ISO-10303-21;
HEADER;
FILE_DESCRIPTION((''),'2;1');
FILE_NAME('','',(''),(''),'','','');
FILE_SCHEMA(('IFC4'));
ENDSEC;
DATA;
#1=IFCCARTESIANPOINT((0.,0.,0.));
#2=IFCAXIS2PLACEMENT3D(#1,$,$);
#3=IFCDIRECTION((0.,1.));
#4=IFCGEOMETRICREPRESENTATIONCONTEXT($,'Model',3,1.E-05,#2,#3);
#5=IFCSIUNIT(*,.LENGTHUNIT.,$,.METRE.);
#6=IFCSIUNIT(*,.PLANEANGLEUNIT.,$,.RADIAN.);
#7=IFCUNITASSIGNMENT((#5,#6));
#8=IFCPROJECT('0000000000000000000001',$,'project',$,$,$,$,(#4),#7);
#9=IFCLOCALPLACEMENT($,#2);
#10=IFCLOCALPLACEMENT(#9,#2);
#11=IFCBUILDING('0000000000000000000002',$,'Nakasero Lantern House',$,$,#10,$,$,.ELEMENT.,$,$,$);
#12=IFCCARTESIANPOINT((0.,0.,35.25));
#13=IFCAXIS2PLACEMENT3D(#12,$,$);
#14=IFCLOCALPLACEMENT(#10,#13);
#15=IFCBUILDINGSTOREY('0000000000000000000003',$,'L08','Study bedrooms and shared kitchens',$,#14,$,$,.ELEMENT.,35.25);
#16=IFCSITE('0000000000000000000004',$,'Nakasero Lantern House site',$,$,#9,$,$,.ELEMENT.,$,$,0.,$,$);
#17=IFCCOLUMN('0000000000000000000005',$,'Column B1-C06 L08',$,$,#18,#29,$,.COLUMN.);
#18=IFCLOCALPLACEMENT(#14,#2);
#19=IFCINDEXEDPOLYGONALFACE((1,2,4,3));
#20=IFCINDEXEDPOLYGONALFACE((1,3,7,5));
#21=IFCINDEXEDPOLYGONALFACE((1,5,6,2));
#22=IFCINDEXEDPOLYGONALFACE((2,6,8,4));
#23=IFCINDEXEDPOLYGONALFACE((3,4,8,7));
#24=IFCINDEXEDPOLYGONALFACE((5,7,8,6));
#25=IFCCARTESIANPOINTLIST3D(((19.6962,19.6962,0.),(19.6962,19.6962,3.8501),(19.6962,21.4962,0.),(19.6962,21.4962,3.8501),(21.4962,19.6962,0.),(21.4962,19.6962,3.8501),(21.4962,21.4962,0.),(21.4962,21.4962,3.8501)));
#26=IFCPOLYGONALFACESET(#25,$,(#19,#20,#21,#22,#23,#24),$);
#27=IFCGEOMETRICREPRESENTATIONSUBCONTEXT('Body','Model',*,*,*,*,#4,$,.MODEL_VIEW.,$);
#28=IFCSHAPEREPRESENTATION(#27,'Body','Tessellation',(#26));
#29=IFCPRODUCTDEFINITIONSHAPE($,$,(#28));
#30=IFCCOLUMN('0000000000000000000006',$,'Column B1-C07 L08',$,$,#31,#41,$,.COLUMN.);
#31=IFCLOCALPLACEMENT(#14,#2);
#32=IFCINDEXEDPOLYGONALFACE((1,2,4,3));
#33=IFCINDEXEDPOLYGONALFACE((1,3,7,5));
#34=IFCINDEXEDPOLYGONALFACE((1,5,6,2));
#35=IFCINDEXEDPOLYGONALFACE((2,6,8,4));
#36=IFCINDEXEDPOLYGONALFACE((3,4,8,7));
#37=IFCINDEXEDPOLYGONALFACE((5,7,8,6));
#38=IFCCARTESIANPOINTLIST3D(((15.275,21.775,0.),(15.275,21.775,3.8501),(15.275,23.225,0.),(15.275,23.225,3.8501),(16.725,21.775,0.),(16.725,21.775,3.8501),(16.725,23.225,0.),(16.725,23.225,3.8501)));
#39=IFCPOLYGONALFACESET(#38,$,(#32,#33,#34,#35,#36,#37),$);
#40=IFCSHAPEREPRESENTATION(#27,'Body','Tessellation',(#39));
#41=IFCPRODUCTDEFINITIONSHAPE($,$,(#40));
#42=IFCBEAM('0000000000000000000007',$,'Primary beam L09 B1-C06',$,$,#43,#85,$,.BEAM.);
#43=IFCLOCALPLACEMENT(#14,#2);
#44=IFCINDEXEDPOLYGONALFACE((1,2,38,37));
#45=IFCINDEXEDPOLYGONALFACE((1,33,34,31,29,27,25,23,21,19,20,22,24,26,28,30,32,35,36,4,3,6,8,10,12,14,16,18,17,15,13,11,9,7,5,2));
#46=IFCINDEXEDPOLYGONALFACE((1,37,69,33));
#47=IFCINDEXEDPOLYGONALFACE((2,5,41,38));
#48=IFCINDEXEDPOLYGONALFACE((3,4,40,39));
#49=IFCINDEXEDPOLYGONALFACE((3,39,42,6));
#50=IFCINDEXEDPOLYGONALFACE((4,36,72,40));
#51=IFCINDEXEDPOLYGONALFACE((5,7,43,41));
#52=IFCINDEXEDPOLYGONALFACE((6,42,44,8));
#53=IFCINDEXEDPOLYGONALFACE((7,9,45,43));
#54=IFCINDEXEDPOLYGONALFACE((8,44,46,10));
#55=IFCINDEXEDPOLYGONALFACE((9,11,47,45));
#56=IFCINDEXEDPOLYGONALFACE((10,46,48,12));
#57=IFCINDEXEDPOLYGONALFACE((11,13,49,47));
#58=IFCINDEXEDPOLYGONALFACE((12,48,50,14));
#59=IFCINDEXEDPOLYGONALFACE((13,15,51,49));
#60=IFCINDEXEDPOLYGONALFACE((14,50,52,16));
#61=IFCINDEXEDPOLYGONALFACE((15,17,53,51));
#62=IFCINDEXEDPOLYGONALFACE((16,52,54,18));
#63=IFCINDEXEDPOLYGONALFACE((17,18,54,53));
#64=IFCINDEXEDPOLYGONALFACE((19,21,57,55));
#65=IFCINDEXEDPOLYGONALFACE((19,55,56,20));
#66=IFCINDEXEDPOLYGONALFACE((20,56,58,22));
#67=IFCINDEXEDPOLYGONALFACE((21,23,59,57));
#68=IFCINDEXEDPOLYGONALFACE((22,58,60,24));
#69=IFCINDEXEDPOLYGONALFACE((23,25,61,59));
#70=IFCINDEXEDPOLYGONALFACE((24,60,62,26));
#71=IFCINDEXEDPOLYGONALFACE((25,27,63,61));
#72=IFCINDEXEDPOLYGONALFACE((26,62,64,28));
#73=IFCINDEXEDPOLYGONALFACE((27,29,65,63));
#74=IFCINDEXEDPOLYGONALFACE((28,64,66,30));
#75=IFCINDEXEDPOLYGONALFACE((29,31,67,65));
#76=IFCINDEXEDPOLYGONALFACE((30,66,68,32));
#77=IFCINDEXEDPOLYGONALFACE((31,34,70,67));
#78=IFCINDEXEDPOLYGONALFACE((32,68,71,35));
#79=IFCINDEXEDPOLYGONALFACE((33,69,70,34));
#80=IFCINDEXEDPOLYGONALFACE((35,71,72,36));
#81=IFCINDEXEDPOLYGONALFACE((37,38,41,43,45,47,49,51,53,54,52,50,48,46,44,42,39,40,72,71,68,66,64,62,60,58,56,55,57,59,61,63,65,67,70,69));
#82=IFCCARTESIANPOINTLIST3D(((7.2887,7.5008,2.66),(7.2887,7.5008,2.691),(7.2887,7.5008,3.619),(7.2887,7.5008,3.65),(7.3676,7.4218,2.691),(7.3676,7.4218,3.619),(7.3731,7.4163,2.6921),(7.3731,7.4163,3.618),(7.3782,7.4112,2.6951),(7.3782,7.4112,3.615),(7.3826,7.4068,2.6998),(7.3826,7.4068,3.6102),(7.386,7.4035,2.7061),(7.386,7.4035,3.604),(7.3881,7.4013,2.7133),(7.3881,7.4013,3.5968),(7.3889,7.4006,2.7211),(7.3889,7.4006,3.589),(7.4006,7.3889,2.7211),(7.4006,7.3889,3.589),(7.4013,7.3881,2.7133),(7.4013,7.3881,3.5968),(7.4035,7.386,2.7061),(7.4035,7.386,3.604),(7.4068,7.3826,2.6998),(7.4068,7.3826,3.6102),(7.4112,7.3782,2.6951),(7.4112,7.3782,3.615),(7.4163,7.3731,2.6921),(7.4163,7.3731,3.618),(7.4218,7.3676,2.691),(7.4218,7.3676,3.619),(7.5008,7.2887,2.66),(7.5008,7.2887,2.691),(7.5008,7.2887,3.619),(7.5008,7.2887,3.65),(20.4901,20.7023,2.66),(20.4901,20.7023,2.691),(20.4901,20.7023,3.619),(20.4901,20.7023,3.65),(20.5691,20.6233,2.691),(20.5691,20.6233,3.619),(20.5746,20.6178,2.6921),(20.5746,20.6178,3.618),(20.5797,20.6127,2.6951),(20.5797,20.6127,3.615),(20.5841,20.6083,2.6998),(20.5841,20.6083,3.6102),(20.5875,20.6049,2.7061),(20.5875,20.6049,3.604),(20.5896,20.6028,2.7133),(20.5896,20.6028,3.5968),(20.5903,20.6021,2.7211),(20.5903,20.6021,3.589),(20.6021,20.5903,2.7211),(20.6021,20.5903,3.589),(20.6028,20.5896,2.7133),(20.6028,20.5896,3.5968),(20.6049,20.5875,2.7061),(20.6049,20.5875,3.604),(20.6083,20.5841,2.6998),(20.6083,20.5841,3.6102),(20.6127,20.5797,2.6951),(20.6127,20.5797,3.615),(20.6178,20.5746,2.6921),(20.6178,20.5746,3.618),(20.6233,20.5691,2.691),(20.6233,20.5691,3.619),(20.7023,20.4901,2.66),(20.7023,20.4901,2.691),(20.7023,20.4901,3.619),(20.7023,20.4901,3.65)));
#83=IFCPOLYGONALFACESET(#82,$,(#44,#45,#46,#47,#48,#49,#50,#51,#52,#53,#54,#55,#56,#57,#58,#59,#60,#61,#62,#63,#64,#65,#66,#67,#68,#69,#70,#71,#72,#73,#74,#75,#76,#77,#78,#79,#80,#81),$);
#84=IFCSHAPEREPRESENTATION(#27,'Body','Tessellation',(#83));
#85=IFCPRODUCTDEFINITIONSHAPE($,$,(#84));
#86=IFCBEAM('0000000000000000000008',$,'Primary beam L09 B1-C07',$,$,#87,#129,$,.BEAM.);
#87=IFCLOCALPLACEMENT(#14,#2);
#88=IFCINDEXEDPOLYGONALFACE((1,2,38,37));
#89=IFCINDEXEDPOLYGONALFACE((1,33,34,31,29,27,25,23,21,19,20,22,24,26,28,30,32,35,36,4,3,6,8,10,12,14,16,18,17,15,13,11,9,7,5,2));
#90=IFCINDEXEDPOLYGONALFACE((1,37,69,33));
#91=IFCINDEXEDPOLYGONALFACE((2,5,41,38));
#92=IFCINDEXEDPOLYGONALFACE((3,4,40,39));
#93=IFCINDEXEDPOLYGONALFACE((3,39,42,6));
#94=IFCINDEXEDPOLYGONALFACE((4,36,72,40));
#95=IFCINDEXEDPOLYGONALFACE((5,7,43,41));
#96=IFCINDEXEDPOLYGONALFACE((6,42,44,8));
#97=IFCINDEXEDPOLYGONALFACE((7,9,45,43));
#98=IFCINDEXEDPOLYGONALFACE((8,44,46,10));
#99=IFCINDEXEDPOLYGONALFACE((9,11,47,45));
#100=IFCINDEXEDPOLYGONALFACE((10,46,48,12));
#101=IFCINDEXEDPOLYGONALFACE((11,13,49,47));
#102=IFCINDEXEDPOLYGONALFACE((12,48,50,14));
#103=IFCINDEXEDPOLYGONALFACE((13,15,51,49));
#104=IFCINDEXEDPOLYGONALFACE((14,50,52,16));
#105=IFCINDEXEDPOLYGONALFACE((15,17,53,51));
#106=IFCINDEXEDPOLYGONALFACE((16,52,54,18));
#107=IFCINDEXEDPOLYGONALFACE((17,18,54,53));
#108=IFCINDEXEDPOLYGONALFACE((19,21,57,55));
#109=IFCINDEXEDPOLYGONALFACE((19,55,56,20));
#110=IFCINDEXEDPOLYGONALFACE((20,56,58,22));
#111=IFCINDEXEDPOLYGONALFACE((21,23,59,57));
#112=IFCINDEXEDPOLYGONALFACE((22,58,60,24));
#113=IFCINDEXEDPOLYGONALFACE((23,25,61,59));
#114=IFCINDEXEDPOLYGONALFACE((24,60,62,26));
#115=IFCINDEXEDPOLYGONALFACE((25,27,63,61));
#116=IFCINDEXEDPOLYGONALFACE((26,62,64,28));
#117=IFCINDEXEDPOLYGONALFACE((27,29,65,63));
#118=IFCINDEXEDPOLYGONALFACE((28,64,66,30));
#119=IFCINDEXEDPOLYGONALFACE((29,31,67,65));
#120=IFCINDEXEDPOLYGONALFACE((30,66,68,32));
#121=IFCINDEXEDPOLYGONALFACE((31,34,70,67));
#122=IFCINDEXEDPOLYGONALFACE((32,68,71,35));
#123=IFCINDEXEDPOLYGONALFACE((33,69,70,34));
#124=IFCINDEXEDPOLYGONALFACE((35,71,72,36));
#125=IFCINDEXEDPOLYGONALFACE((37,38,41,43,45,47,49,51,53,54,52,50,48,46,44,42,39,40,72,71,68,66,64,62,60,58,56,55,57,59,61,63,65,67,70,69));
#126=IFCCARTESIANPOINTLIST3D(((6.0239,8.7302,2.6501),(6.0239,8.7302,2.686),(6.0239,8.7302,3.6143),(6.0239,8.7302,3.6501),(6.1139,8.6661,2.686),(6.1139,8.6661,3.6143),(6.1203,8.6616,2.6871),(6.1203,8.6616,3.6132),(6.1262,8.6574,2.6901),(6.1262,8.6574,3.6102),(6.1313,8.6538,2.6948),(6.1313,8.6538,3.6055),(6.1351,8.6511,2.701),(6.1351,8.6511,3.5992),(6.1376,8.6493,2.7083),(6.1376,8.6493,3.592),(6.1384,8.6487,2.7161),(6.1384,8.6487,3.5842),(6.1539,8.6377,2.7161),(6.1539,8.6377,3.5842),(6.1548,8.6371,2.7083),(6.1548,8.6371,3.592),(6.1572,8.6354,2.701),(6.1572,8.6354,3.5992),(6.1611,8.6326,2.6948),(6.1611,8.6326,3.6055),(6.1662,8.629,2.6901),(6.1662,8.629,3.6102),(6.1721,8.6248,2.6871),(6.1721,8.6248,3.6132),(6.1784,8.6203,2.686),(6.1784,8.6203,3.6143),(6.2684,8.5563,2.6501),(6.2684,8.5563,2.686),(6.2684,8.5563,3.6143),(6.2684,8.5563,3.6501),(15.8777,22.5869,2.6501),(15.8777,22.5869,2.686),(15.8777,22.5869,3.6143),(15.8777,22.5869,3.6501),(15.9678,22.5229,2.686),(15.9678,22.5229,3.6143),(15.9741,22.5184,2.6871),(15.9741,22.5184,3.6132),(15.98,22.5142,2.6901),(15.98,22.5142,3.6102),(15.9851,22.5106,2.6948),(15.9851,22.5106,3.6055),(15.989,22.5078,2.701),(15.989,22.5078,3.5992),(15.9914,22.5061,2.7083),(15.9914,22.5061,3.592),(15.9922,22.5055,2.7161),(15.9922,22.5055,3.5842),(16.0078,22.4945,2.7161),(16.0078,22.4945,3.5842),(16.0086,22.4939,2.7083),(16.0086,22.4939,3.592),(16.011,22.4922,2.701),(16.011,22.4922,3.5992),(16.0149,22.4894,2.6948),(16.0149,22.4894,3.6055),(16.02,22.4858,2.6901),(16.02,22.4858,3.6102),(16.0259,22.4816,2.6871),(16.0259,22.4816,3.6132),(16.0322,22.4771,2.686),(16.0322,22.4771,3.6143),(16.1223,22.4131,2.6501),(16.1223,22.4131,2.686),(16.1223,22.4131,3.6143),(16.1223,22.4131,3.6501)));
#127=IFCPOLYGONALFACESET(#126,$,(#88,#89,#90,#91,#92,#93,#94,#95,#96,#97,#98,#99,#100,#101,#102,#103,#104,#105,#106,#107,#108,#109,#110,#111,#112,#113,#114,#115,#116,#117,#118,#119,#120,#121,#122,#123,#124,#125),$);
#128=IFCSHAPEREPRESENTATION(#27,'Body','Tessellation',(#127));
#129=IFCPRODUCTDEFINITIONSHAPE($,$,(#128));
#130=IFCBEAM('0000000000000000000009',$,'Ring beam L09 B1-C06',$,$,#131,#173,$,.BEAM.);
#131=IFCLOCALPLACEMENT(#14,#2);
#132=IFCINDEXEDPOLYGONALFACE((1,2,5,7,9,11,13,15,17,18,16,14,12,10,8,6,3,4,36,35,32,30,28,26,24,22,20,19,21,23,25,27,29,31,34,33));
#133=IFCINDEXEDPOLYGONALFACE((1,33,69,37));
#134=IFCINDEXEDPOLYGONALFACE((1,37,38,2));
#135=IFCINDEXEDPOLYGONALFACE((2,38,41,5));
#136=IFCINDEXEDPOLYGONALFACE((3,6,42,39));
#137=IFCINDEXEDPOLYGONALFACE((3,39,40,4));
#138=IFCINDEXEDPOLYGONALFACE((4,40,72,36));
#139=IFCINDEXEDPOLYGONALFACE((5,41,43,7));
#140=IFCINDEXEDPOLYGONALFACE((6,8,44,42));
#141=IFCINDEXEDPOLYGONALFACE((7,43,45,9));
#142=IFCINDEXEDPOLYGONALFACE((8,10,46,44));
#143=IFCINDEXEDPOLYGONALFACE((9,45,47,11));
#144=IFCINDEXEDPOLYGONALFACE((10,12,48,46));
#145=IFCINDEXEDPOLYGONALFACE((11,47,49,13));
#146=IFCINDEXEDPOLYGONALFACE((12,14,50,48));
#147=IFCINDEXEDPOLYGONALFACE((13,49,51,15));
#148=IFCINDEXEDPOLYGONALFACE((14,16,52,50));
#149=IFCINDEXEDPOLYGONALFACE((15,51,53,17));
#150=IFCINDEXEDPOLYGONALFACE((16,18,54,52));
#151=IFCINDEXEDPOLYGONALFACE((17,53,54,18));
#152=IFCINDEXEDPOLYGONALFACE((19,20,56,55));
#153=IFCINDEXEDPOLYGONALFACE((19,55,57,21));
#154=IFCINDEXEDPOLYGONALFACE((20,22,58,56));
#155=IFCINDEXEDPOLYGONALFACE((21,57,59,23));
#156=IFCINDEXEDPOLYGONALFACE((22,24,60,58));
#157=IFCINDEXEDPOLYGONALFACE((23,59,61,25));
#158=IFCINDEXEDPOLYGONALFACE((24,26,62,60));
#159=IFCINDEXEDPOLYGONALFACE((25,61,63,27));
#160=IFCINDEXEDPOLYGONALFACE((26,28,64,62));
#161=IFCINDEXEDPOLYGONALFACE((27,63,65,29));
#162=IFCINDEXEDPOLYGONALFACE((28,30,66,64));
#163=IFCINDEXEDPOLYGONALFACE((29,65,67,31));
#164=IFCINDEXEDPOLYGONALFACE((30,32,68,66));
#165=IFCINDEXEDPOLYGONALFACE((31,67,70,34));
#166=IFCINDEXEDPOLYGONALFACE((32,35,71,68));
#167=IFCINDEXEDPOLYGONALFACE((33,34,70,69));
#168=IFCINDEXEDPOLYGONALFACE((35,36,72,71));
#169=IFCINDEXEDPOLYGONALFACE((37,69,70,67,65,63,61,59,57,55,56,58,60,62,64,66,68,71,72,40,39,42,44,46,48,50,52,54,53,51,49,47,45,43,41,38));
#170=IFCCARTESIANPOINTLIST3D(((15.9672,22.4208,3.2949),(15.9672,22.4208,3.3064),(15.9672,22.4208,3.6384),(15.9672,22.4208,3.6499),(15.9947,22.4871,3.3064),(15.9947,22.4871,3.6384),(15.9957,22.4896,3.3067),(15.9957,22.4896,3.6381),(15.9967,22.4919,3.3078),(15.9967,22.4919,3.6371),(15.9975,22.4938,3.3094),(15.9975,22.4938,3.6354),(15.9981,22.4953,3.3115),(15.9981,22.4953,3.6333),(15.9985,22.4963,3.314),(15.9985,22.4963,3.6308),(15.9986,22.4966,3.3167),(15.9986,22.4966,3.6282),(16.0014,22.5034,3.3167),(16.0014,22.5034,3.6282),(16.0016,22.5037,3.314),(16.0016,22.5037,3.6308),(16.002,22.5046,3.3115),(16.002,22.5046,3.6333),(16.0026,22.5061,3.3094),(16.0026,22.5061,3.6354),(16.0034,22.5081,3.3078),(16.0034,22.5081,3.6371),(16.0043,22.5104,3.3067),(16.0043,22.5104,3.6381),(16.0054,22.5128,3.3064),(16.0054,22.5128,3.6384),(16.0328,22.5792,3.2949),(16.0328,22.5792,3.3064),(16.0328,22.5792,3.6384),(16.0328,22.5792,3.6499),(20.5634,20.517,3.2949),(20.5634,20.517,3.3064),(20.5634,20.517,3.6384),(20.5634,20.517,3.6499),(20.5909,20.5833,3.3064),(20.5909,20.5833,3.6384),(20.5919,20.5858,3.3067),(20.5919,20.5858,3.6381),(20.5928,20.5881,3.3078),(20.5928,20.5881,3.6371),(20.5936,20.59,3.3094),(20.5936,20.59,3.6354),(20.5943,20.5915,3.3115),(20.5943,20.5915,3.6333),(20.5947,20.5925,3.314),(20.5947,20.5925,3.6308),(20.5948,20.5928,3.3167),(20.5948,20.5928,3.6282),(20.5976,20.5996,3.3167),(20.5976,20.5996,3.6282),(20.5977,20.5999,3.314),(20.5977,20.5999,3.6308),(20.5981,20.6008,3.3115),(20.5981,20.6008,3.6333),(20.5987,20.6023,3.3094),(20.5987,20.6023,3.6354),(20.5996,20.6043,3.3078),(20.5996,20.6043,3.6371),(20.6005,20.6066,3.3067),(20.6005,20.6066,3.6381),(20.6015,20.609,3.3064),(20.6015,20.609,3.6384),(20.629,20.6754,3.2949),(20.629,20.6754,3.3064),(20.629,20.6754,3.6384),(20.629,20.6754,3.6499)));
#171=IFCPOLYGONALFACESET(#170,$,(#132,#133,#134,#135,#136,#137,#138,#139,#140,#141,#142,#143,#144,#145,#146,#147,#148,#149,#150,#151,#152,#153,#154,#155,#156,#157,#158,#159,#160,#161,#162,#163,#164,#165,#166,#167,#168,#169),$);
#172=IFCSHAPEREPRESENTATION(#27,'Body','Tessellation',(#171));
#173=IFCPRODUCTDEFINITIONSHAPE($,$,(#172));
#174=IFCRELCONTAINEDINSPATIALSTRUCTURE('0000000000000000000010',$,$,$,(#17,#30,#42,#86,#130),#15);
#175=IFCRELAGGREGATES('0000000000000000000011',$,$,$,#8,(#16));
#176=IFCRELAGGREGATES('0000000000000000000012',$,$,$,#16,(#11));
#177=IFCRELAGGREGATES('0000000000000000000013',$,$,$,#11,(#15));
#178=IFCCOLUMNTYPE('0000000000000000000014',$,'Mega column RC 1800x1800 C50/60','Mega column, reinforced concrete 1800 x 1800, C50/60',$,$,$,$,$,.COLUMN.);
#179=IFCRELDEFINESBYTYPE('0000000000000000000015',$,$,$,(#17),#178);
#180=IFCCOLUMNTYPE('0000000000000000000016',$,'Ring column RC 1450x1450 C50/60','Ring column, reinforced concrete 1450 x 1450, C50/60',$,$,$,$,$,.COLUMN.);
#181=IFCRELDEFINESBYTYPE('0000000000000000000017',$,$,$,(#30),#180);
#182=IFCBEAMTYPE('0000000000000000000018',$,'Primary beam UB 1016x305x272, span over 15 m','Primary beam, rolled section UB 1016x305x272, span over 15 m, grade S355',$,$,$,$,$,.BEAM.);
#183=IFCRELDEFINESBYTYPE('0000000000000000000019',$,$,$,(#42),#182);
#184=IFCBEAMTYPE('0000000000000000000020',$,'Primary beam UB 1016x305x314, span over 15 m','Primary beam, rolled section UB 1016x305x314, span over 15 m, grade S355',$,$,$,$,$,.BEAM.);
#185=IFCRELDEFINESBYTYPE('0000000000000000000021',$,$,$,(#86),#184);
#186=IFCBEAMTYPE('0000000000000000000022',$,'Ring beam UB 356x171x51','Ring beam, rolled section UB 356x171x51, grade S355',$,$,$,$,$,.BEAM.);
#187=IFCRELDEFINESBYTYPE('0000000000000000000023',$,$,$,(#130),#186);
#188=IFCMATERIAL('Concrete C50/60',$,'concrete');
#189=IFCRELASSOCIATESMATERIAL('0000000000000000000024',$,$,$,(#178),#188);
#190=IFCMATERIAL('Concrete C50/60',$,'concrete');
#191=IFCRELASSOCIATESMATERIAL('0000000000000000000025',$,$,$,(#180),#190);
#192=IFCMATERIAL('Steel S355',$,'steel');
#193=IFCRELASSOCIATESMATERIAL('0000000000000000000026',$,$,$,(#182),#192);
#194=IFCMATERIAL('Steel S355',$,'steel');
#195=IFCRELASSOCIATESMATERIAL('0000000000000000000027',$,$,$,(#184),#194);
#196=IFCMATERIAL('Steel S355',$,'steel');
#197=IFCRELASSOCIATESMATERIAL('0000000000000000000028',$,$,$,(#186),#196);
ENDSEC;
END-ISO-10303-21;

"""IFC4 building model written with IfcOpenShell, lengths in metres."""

from ifc_helpers import new_model, si_unit, direction, frame, origin, origin_2d, place, context, subcontext, project, spatial, rectangle, i_section, extrude, material, material_profile, profile_set, type_object, element, save


model = new_model("IFC4")

# Units and contexts
model_context = context("Model", 3, precision=1e-05, world=origin(), true_north=direction((0.0, 1.0)))
body_context = subcontext(model_context, "Body", "Model", "MODEL_VIEW")
ifc_project = project(units=[si_unit("LENGTHUNIT", "METRE"), si_unit("PLANEANGLEUNIT", "RADIAN")], contexts=[model_context])

# Site, building, storey
site_placement = place(None, origin())
site = spatial("IfcSite", under=ifc_project, at=site_placement, Name="Nakasero Lantern House site", CompositionType="ELEMENT", RefElevation=0.0)
building_placement = place(site_placement, origin())
building = spatial("IfcBuilding", under=site, at=building_placement, Name="Nakasero Lantern House", CompositionType="ELEMENT")
storey_placement = place(building_placement, frame((0.0, 0.0, 35.25)))
storey = spatial("IfcBuildingStorey", under=building, at=storey_placement, Name="L08", Description="Study bedrooms and shared kitchens", CompositionType="ELEMENT", Elevation=35.25)

# Columns
ifc_material_1 = material(Name="Concrete C50/60", Category="concrete")
ifc_material_profile_1 = material_profile(ifc_material_1, rectangle(XDim=1.8, YDim=1.8, at=origin_2d()), Name="RC 1800x1800")
ifc_profile_set_1 = profile_set([ifc_material_profile_1], Name="Concrete C50/60")
column_type_1 = type_object("IfcColumnType", Name="Mega column RC 1800x1800 C50/60", Description="Mega column, reinforced concrete 1800 x 1800, C50/60", PredefinedType="COLUMN", material=ifc_profile_set_1)
column_1_placement = place(storey_placement, frame((20.5962, 20.5962, 0.0), z_axis=(0.0, 0.0, 1.0), x_axis=(1.0, 0.0, 0.0)))
element("IfcColumn", 1, at=column_1_placement, inside=storey, type_object=column_type_1, Name="Column B1-C06 L08", PredefinedType="COLUMN", context=body_context, shape_type="SweptSolid", body=[
    extrude(rectangle(XDim=1.8, YDim=1.8, at=origin_2d()), origin(), (0.0, 0.0, 1.0), 3.8501),
])
ifc_material_2 = material(Name="Concrete C50/60", Category="concrete")
ifc_material_profile_2 = material_profile(ifc_material_2, rectangle(XDim=1.45, YDim=1.45, at=origin_2d()), Name="RC 1450x1450")
ifc_profile_set_2 = profile_set([ifc_material_profile_2], Name="Concrete C50/60")
column_type_2 = type_object("IfcColumnType", Name="Ring column RC 1450x1450 C50/60", Description="Ring column, reinforced concrete 1450 x 1450, C50/60", PredefinedType="COLUMN", material=ifc_profile_set_2)
column_2_placement = place(storey_placement, frame((16.0, 22.5, 0.0), z_axis=(0.0, 0.0, 1.0), x_axis=(1.0, 0.0, 0.0)))
element("IfcColumn", 2, at=column_2_placement, inside=storey, type_object=column_type_2, Name="Column B1-C07 L08", PredefinedType="COLUMN", context=body_context, shape_type="SweptSolid", body=[
    extrude(rectangle(XDim=1.45, YDim=1.45, at=origin_2d()), origin(), (0.0, 0.0, 1.0), 3.8501),
])

# Beams
ifc_material_3 = material(Name="Steel S355", Category="steel")
ifc_material_profile_3 = material_profile(ifc_material_3, i_section(OverallWidth=0.3, OverallDepth=0.99, WebThickness=0.0166, FlangeThickness=0.031, FilletRadius=0.03, at=origin_2d()), Name="UB 1016x305x272")
ifc_profile_set_3 = profile_set([ifc_material_profile_3], Name="Steel S355")
beam_type_1 = type_object("IfcBeamType", Name="Primary beam UB 1016x305x272, span over 15 m", Description="Primary beam, rolled section UB 1016x305x272, span over 15 m, grade S355", PredefinedType="BEAM", material=ifc_profile_set_3)
beam_1_placement = place(storey_placement, frame((20.5962, 20.5962, 3.155), z_axis=(-0.707107, -0.707107, 0.0), x_axis=(0.707107, -0.707107, 0.0)))
element("IfcBeam", 3, at=beam_1_placement, inside=storey, type_object=beam_type_1, Name="Primary beam L09 B1-C06", PredefinedType="BEAM", context=body_context, shape_type="SweptSolid", body=[
    extrude(i_section(OverallWidth=0.3, OverallDepth=0.99, WebThickness=0.0166, FlangeThickness=0.031, FilletRadius=0.03, at=origin_2d()), origin(), (0.0, 0.0, 1.0), 18.6697),
])
ifc_material_4 = material(Name="Steel S355", Category="steel")
ifc_material_profile_4 = material_profile(ifc_material_4, i_section(OverallWidth=0.3, OverallDepth=1.0, WebThickness=0.019, FlangeThickness=0.0359, FilletRadius=0.03, at=origin_2d()), Name="UB 1016x305x314")
ifc_profile_set_4 = profile_set([ifc_material_profile_4], Name="Steel S355")
beam_type_2 = type_object("IfcBeamType", Name="Primary beam UB 1016x305x314, span over 15 m", Description="Primary beam, rolled section UB 1016x305x314, span over 15 m, grade S355", PredefinedType="BEAM", material=ifc_profile_set_4)
beam_2_placement = place(storey_placement, frame((16.0, 22.5, 3.1501), z_axis=(-0.579528, -0.814952, 0.0), x_axis=(0.814952, -0.579528, 0.0)))
element("IfcBeam", 4, at=beam_2_placement, inside=storey, type_object=beam_type_2, Name="Primary beam L09 B1-C07", PredefinedType="BEAM", context=body_context, shape_type="SweptSolid", body=[
    extrude(i_section(OverallWidth=0.3, OverallDepth=1.0, WebThickness=0.019, FlangeThickness=0.0359, FilletRadius=0.03, at=origin_2d()), origin(), (0.0, 0.0, 1.0), 17.0032),
])
ifc_material_5 = material(Name="Steel S355", Category="steel")
ifc_material_profile_5 = material_profile(ifc_material_5, i_section(OverallWidth=0.1714, OverallDepth=0.355, WebThickness=0.0073, FlangeThickness=0.0115, FilletRadius=0.0103, at=origin_2d()), Name="UB 356x171x51")
ifc_profile_set_5 = profile_set([ifc_material_profile_5], Name="Steel S355")
beam_type_3 = type_object("IfcBeamType", Name="Ring beam UB 356x171x51", Description="Ring beam, rolled section UB 356x171x51, grade S355", PredefinedType="BEAM", material=ifc_profile_set_5)
beam_3_placement = place(storey_placement, frame((20.5962, 20.5962, 3.4724), z_axis=(-0.923879, 0.382684, 0.0), x_axis=(-0.382684, -0.923879, 0.0)))
element("IfcBeam", 5, at=beam_3_placement, inside=storey, type_object=beam_type_3, Name="Ring beam L09 B1-C06", PredefinedType="BEAM", context=body_context, shape_type="SweptSolid", body=[
    extrude(i_section(OverallWidth=0.1714, OverallDepth=0.355, WebThickness=0.0073, FlangeThickness=0.0115, FilletRadius=0.0103, at=origin_2d()), origin(), (0.0, 0.0, 1.0), 4.9749),
])

save(model, "model.ifc")
